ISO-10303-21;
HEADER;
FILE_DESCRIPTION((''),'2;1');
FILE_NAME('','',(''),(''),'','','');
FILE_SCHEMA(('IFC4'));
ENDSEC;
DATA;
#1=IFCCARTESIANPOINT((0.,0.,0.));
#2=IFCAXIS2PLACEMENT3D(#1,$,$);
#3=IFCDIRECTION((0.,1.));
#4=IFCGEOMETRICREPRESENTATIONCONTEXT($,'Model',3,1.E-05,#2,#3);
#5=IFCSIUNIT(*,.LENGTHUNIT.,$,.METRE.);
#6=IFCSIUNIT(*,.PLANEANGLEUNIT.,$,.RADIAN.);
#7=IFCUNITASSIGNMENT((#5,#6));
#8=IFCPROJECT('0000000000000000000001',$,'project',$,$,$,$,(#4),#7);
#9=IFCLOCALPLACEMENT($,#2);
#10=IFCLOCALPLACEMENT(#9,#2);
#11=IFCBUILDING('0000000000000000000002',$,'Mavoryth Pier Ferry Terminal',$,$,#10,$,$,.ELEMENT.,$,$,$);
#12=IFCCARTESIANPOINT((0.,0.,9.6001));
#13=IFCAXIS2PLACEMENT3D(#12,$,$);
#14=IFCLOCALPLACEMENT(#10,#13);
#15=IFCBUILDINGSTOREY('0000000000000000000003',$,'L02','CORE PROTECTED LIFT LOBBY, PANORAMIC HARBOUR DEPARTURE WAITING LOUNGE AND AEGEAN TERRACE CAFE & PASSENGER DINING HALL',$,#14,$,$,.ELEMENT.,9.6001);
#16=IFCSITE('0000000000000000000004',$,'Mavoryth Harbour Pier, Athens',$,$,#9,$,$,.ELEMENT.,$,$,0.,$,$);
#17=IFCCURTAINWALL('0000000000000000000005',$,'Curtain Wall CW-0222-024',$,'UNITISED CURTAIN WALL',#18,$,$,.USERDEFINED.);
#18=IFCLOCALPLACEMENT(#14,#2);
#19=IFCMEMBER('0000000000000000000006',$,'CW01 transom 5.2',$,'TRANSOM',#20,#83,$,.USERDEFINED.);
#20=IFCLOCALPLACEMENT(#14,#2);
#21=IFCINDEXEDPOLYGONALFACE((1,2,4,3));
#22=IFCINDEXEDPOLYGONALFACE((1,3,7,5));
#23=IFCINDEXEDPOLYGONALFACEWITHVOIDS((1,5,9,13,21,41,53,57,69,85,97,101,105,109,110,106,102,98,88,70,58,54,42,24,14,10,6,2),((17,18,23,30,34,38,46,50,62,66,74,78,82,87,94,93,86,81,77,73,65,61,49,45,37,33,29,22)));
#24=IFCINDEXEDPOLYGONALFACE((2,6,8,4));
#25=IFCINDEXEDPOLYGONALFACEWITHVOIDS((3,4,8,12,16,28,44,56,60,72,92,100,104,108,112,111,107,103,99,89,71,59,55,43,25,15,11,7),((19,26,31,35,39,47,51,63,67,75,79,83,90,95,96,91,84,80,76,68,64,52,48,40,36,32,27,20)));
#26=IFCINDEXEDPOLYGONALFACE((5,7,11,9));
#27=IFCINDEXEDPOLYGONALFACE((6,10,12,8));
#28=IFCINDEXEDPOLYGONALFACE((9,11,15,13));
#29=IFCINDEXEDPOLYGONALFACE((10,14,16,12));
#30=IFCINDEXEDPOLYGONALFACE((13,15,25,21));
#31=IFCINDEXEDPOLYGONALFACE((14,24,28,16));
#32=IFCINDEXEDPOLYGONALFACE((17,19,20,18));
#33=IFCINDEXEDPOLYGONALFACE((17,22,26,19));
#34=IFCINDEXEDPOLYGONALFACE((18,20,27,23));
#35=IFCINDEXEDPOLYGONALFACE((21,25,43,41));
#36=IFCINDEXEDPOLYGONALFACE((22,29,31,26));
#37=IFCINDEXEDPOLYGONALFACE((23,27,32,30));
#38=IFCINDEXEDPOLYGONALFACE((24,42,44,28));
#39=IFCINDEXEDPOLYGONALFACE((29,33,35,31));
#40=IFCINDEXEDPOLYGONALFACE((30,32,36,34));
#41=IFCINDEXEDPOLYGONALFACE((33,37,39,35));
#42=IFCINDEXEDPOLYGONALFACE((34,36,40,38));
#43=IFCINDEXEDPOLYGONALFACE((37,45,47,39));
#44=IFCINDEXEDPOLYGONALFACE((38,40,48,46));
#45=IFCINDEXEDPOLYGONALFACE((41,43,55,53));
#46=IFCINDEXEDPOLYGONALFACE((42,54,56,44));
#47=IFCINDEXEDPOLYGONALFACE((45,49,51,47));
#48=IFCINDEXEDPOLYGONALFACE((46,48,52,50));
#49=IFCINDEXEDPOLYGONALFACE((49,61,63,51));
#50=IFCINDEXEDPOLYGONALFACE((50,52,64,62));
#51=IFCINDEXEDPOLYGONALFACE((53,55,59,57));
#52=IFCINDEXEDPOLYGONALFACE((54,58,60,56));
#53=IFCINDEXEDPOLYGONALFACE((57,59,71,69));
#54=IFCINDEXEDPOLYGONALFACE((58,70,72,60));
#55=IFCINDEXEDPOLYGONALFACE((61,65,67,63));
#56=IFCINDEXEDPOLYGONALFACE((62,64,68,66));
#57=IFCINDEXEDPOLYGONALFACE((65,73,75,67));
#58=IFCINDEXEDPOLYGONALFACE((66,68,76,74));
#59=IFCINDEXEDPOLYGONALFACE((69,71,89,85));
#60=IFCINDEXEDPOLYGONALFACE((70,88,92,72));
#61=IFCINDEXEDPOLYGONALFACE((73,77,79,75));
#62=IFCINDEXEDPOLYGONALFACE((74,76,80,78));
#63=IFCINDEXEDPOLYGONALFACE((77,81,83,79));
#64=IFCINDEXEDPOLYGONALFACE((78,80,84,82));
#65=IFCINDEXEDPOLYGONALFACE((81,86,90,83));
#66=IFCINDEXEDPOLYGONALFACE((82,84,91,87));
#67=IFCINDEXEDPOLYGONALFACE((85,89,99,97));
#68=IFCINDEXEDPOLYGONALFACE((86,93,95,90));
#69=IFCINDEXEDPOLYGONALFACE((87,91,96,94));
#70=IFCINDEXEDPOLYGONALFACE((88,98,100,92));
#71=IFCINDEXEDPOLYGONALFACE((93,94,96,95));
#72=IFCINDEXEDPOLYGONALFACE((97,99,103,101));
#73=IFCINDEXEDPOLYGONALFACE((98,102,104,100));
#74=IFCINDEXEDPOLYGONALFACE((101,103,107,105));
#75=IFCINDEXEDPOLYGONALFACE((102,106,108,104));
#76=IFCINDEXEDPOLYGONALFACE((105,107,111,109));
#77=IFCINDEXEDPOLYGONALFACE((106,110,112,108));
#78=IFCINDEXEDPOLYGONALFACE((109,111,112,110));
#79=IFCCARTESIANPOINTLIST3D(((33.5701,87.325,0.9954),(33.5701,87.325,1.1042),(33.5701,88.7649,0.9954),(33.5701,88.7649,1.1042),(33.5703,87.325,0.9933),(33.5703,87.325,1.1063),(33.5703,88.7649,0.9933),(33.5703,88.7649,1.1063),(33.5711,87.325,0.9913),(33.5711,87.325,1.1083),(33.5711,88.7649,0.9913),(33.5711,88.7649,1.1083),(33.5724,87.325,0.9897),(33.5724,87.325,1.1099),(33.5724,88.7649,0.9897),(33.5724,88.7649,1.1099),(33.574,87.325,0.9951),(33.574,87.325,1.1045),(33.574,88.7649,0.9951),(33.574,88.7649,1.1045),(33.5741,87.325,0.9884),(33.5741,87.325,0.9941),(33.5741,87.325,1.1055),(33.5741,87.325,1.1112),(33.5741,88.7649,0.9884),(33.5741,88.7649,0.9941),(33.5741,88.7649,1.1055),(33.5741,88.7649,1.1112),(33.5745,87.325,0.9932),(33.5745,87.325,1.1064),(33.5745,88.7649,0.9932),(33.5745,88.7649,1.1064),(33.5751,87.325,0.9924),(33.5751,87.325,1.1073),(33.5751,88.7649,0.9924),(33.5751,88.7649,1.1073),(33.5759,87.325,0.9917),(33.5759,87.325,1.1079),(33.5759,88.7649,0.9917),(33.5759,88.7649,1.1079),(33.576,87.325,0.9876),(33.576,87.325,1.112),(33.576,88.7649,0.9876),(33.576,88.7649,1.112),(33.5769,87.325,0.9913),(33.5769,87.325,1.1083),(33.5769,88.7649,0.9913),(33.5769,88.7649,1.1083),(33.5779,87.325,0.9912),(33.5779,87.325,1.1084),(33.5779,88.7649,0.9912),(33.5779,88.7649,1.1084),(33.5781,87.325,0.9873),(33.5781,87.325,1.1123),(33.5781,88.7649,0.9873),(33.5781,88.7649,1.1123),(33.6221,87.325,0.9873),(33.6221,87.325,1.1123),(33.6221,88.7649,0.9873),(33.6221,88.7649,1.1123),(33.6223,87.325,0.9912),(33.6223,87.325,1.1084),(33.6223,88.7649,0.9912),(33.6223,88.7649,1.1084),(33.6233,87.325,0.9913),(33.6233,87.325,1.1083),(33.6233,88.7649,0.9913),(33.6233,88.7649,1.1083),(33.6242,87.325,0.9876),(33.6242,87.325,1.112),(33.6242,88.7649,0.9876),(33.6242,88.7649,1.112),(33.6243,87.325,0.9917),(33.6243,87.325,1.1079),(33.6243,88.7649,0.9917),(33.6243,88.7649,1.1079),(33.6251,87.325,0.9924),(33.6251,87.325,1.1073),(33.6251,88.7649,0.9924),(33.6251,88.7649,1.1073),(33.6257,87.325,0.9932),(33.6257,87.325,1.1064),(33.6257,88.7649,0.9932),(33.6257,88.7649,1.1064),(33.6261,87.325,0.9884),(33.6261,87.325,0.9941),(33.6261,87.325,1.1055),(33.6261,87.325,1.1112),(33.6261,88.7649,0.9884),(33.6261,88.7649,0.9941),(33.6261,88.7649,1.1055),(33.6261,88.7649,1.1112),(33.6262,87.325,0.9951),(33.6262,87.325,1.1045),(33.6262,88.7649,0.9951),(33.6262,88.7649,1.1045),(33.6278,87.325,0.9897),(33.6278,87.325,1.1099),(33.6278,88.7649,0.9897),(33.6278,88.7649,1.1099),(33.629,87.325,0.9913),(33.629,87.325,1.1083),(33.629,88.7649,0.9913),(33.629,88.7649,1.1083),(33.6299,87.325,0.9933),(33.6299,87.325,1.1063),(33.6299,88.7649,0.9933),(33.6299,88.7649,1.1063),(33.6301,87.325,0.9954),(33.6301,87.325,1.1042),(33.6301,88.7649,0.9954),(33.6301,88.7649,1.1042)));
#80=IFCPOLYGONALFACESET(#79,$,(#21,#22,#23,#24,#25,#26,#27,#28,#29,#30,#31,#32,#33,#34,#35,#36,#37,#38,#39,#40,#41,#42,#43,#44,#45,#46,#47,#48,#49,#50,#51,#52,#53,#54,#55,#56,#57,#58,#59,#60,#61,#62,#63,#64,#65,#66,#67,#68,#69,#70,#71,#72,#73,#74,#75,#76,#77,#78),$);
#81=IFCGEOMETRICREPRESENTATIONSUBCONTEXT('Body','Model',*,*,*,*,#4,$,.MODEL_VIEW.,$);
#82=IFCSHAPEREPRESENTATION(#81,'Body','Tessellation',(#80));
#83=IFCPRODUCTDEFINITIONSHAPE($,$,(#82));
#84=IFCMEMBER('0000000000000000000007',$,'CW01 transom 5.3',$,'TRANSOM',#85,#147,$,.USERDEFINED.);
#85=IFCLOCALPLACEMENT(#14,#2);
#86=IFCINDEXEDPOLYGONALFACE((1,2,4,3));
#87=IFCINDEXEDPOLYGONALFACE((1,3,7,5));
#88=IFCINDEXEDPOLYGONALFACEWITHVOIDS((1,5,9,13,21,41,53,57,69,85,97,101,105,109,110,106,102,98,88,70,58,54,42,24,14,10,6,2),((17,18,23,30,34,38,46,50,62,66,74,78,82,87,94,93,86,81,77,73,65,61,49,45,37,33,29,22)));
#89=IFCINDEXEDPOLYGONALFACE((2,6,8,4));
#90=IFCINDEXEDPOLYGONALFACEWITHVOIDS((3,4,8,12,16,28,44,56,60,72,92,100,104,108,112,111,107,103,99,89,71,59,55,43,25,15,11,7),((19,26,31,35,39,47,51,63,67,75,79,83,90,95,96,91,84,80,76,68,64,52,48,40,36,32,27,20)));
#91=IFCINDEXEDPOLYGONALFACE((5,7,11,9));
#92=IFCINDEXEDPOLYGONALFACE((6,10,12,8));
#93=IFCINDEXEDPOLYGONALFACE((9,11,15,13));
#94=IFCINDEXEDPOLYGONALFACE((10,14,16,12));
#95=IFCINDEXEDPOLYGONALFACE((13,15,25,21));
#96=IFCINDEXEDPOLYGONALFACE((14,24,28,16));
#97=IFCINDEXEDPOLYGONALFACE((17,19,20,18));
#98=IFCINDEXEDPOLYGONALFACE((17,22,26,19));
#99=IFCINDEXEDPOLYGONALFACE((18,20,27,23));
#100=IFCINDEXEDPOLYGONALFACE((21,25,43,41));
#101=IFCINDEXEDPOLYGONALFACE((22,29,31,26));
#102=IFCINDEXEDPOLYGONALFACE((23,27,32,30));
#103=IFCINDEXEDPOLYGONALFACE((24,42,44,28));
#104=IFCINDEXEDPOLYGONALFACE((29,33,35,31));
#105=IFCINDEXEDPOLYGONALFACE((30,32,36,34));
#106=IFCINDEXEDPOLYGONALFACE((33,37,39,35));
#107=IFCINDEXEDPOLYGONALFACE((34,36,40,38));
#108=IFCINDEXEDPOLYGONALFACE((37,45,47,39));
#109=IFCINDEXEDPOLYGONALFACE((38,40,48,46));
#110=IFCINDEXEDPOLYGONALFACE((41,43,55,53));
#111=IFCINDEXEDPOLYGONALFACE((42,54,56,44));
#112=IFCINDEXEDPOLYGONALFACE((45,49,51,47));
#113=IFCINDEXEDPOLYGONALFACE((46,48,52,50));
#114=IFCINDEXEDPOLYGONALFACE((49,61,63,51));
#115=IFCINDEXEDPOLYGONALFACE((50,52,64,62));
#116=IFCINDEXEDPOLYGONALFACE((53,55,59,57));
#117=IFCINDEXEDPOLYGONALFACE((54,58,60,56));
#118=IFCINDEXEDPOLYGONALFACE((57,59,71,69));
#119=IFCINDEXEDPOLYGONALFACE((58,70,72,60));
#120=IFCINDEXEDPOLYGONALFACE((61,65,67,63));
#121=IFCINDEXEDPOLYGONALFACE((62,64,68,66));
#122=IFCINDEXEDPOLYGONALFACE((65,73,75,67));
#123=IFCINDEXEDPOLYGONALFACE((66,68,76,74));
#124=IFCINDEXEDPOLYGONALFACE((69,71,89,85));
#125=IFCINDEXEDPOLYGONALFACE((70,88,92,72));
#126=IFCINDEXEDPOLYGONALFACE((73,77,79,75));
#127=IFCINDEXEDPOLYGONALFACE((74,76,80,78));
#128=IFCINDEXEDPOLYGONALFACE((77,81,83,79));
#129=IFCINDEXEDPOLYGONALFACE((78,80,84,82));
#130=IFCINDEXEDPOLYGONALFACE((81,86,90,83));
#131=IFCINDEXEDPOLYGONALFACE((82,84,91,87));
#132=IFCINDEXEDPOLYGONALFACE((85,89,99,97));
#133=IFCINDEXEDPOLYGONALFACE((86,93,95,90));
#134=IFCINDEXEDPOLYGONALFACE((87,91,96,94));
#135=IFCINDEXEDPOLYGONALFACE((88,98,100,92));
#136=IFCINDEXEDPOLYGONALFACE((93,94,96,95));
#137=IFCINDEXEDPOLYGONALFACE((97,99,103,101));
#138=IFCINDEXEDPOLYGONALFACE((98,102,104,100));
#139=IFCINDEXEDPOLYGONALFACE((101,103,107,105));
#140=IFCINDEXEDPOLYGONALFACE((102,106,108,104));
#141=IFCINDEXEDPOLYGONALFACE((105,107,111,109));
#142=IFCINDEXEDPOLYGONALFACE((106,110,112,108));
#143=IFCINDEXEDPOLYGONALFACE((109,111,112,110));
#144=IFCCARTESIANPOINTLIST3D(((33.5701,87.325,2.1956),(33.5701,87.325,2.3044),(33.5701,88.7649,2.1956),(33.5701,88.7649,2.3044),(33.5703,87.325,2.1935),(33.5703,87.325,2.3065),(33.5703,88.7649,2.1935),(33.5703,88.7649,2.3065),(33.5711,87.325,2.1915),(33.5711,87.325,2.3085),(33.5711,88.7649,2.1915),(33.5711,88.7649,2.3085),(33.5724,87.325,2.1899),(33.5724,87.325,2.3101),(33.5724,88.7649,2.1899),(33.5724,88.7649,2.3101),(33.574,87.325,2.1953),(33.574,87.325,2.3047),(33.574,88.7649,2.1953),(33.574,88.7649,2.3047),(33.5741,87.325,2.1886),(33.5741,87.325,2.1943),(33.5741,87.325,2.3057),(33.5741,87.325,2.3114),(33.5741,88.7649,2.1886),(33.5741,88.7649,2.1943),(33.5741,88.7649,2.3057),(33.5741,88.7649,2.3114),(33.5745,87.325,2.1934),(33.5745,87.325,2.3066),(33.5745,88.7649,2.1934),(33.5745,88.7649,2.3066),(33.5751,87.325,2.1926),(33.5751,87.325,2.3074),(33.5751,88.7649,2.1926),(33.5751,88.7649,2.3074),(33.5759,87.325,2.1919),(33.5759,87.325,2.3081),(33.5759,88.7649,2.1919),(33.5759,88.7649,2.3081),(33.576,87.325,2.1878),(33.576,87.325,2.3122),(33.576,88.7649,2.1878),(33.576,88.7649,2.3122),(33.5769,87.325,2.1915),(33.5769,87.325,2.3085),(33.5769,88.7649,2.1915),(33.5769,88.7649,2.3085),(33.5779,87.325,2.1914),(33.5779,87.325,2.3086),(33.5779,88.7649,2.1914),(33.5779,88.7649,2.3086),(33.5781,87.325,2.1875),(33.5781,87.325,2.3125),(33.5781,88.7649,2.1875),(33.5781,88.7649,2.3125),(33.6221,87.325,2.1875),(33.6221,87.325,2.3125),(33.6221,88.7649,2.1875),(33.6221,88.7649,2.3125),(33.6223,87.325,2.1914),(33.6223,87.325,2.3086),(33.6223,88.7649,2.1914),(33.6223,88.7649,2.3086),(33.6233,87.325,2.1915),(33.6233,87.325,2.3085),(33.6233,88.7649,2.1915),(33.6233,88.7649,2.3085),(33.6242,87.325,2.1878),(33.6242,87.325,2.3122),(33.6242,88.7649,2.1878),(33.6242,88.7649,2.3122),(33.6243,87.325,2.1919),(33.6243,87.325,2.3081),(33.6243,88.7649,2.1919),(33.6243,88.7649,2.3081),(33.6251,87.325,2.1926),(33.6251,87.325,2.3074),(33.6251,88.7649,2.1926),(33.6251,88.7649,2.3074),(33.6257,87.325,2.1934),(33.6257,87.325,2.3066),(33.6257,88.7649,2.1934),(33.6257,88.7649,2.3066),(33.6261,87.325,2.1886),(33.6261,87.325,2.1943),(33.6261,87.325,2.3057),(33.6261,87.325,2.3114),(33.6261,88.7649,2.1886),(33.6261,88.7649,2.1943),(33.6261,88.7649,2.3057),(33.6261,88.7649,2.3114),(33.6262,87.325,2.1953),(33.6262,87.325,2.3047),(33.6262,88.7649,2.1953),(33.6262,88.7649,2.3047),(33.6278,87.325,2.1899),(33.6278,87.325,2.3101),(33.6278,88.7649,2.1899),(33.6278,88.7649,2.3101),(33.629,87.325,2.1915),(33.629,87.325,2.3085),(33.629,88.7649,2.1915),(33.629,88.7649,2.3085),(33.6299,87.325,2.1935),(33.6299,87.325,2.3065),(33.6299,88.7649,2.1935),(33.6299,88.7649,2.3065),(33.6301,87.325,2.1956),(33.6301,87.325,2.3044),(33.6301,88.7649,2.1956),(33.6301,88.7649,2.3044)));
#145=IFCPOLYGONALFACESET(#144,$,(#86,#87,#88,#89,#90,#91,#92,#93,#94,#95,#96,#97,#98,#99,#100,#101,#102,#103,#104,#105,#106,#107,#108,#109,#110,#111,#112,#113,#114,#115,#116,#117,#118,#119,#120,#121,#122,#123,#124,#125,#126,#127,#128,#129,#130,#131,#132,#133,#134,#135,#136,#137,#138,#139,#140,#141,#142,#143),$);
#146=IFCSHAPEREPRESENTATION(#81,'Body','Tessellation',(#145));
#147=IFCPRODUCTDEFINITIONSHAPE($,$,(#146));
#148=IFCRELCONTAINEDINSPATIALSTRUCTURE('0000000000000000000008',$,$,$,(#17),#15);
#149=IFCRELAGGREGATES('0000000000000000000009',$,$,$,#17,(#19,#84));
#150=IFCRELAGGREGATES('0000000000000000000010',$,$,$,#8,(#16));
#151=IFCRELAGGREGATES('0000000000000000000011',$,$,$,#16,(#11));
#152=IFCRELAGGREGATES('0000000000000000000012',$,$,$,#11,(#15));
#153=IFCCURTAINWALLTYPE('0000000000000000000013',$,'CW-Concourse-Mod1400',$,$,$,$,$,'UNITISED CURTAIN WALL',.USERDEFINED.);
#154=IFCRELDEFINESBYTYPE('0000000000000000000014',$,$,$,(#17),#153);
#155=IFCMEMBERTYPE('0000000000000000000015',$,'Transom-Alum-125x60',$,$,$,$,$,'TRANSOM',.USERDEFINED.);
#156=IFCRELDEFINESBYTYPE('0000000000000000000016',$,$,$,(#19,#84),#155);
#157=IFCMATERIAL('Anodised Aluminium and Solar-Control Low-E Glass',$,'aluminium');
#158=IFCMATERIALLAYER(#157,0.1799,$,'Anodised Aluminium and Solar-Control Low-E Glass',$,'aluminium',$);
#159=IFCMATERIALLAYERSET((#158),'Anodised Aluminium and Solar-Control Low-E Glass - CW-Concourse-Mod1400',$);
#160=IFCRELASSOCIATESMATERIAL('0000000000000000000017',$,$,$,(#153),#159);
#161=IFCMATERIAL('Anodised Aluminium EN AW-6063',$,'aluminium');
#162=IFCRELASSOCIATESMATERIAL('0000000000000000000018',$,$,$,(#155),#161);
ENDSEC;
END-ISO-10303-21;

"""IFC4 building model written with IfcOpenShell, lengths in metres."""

from ifc_helpers import new_model, si_unit, direction, frame, origin, origin_2d, place, context, subcontext, project, spatial, hollow_rectangle, extrude, material, layer, layer_set, material_profile, profile_set, type_object, element, aggregate, save


model = new_model("IFC4")

# Units and contexts
model_context = context("Model", 3, precision=1e-05, world=origin(), true_north=direction((0.0, 1.0)))
body_context = subcontext(model_context, "Body", "Model", "MODEL_VIEW")
ifc_project = project(units=[si_unit("LENGTHUNIT", "METRE"), si_unit("PLANEANGLEUNIT", "RADIAN")], contexts=[model_context])

# Site, building, storey
site_placement = place(None, origin())
site = spatial("IfcSite", under=ifc_project, at=site_placement, Name="Mavoryth Harbour Pier, Athens", CompositionType="ELEMENT", RefElevation=0.0)
building_placement = place(site_placement, origin())
building = spatial("IfcBuilding", under=site, at=building_placement, Name="Mavoryth Pier Ferry Terminal", CompositionType="ELEMENT")
storey_placement = place(building_placement, frame((0.0, 0.0, 9.6001)))
storey = spatial("IfcBuildingStorey", under=building, at=storey_placement, Name="L02", Description="CORE PROTECTED LIFT LOBBY, PANORAMIC HARBOUR DEPARTURE WAITING LOUNGE AND AEGEAN TERRACE CAFE & PASSENGER DINING HALL", CompositionType="ELEMENT", Elevation=9.6001)

# Curtain wall
ifc_material_1 = material(Name="Anodised Aluminium and Solar-Control Low-E Glass", Category="aluminium")
ifc_layer_1 = layer(ifc_material_1, 0.1799, Name="Anodised Aluminium and Solar-Control Low-E Glass", Category="aluminium")
ifc_layer_set_1 = layer_set([ifc_layer_1], Name="Anodised Aluminium and Solar-Control Low-E Glass - CW-Concourse-Mod1400")
curtain_wall_type = type_object("IfcCurtainWallType", Name="CW-Concourse-Mod1400", ElementType="UNITISED CURTAIN WALL", PredefinedType="USERDEFINED", material=ifc_layer_set_1)
curtain_wall_1_placement = place(storey_placement, origin())
curtain_wall_1 = element("IfcCurtainWall", 1, at=curtain_wall_1_placement, inside=storey, type_object=curtain_wall_type, Name="Curtain Wall CW-0222-024", ObjectType="UNITISED CURTAIN WALL", PredefinedType="USERDEFINED")
ifc_material_2 = material(Name="Anodised Aluminium EN AW-6063", Category="aluminium")

# Members
ifc_material_profile_1 = material_profile(ifc_material_2, hollow_rectangle(XDim=0.0601, YDim=0.125, WallThickness=0.0039, InnerFilletRadius=0.0039, OuterFilletRadius=0.0081, at=origin_2d()), Name="AL-TRAN 125x60x4", Category="aluminium")
ifc_profile_set_1 = profile_set([ifc_material_profile_1], Name="Anodised Aluminium EN AW-6063 - AL-TRAN 125x60x4")
member_type_1 = type_object("IfcMemberType", Name="Transom-Alum-125x60", ElementType="TRANSOM", PredefinedType="USERDEFINED", material=ifc_profile_set_1)
member_1_placement = place(storey_placement, frame((33.6001, 87.325, 1.0498), z_axis=(0.0, 1.0, 0.0), x_axis=(-1.0, 0.0, 0.0)))
member_1 = element("IfcMember", 2, at=member_1_placement, type_object=member_type_1, Name="CW01 transom 5.2", ObjectType="TRANSOM", PredefinedType="USERDEFINED", context=body_context, shape_type="SweptSolid", body=[
    extrude(hollow_rectangle(XDim=0.0601, YDim=0.125, WallThickness=0.0039, InnerFilletRadius=0.0039, OuterFilletRadius=0.0081, at=origin_2d()), origin(), (0.0, 0.0, 1.0), 1.4399),
])
member_2_placement = place(storey_placement, frame((33.6001, 87.325, 2.25), z_axis=(0.0, 1.0, 0.0), x_axis=(-1.0, 0.0, 0.0)))
member_2 = element("IfcMember", 3, at=member_2_placement, type_object=member_type_1, Name="CW01 transom 5.3", ObjectType="TRANSOM", PredefinedType="USERDEFINED", context=body_context, shape_type="SweptSolid", body=[
    extrude(hollow_rectangle(XDim=0.0601, YDim=0.125, WallThickness=0.0039, InnerFilletRadius=0.0039, OuterFilletRadius=0.0081, at=origin_2d()), origin(), (0.0, 0.0, 1.0), 1.4399),
])

aggregate(curtain_wall_1, [member_1, member_2])

save(model, "model.ifc")
